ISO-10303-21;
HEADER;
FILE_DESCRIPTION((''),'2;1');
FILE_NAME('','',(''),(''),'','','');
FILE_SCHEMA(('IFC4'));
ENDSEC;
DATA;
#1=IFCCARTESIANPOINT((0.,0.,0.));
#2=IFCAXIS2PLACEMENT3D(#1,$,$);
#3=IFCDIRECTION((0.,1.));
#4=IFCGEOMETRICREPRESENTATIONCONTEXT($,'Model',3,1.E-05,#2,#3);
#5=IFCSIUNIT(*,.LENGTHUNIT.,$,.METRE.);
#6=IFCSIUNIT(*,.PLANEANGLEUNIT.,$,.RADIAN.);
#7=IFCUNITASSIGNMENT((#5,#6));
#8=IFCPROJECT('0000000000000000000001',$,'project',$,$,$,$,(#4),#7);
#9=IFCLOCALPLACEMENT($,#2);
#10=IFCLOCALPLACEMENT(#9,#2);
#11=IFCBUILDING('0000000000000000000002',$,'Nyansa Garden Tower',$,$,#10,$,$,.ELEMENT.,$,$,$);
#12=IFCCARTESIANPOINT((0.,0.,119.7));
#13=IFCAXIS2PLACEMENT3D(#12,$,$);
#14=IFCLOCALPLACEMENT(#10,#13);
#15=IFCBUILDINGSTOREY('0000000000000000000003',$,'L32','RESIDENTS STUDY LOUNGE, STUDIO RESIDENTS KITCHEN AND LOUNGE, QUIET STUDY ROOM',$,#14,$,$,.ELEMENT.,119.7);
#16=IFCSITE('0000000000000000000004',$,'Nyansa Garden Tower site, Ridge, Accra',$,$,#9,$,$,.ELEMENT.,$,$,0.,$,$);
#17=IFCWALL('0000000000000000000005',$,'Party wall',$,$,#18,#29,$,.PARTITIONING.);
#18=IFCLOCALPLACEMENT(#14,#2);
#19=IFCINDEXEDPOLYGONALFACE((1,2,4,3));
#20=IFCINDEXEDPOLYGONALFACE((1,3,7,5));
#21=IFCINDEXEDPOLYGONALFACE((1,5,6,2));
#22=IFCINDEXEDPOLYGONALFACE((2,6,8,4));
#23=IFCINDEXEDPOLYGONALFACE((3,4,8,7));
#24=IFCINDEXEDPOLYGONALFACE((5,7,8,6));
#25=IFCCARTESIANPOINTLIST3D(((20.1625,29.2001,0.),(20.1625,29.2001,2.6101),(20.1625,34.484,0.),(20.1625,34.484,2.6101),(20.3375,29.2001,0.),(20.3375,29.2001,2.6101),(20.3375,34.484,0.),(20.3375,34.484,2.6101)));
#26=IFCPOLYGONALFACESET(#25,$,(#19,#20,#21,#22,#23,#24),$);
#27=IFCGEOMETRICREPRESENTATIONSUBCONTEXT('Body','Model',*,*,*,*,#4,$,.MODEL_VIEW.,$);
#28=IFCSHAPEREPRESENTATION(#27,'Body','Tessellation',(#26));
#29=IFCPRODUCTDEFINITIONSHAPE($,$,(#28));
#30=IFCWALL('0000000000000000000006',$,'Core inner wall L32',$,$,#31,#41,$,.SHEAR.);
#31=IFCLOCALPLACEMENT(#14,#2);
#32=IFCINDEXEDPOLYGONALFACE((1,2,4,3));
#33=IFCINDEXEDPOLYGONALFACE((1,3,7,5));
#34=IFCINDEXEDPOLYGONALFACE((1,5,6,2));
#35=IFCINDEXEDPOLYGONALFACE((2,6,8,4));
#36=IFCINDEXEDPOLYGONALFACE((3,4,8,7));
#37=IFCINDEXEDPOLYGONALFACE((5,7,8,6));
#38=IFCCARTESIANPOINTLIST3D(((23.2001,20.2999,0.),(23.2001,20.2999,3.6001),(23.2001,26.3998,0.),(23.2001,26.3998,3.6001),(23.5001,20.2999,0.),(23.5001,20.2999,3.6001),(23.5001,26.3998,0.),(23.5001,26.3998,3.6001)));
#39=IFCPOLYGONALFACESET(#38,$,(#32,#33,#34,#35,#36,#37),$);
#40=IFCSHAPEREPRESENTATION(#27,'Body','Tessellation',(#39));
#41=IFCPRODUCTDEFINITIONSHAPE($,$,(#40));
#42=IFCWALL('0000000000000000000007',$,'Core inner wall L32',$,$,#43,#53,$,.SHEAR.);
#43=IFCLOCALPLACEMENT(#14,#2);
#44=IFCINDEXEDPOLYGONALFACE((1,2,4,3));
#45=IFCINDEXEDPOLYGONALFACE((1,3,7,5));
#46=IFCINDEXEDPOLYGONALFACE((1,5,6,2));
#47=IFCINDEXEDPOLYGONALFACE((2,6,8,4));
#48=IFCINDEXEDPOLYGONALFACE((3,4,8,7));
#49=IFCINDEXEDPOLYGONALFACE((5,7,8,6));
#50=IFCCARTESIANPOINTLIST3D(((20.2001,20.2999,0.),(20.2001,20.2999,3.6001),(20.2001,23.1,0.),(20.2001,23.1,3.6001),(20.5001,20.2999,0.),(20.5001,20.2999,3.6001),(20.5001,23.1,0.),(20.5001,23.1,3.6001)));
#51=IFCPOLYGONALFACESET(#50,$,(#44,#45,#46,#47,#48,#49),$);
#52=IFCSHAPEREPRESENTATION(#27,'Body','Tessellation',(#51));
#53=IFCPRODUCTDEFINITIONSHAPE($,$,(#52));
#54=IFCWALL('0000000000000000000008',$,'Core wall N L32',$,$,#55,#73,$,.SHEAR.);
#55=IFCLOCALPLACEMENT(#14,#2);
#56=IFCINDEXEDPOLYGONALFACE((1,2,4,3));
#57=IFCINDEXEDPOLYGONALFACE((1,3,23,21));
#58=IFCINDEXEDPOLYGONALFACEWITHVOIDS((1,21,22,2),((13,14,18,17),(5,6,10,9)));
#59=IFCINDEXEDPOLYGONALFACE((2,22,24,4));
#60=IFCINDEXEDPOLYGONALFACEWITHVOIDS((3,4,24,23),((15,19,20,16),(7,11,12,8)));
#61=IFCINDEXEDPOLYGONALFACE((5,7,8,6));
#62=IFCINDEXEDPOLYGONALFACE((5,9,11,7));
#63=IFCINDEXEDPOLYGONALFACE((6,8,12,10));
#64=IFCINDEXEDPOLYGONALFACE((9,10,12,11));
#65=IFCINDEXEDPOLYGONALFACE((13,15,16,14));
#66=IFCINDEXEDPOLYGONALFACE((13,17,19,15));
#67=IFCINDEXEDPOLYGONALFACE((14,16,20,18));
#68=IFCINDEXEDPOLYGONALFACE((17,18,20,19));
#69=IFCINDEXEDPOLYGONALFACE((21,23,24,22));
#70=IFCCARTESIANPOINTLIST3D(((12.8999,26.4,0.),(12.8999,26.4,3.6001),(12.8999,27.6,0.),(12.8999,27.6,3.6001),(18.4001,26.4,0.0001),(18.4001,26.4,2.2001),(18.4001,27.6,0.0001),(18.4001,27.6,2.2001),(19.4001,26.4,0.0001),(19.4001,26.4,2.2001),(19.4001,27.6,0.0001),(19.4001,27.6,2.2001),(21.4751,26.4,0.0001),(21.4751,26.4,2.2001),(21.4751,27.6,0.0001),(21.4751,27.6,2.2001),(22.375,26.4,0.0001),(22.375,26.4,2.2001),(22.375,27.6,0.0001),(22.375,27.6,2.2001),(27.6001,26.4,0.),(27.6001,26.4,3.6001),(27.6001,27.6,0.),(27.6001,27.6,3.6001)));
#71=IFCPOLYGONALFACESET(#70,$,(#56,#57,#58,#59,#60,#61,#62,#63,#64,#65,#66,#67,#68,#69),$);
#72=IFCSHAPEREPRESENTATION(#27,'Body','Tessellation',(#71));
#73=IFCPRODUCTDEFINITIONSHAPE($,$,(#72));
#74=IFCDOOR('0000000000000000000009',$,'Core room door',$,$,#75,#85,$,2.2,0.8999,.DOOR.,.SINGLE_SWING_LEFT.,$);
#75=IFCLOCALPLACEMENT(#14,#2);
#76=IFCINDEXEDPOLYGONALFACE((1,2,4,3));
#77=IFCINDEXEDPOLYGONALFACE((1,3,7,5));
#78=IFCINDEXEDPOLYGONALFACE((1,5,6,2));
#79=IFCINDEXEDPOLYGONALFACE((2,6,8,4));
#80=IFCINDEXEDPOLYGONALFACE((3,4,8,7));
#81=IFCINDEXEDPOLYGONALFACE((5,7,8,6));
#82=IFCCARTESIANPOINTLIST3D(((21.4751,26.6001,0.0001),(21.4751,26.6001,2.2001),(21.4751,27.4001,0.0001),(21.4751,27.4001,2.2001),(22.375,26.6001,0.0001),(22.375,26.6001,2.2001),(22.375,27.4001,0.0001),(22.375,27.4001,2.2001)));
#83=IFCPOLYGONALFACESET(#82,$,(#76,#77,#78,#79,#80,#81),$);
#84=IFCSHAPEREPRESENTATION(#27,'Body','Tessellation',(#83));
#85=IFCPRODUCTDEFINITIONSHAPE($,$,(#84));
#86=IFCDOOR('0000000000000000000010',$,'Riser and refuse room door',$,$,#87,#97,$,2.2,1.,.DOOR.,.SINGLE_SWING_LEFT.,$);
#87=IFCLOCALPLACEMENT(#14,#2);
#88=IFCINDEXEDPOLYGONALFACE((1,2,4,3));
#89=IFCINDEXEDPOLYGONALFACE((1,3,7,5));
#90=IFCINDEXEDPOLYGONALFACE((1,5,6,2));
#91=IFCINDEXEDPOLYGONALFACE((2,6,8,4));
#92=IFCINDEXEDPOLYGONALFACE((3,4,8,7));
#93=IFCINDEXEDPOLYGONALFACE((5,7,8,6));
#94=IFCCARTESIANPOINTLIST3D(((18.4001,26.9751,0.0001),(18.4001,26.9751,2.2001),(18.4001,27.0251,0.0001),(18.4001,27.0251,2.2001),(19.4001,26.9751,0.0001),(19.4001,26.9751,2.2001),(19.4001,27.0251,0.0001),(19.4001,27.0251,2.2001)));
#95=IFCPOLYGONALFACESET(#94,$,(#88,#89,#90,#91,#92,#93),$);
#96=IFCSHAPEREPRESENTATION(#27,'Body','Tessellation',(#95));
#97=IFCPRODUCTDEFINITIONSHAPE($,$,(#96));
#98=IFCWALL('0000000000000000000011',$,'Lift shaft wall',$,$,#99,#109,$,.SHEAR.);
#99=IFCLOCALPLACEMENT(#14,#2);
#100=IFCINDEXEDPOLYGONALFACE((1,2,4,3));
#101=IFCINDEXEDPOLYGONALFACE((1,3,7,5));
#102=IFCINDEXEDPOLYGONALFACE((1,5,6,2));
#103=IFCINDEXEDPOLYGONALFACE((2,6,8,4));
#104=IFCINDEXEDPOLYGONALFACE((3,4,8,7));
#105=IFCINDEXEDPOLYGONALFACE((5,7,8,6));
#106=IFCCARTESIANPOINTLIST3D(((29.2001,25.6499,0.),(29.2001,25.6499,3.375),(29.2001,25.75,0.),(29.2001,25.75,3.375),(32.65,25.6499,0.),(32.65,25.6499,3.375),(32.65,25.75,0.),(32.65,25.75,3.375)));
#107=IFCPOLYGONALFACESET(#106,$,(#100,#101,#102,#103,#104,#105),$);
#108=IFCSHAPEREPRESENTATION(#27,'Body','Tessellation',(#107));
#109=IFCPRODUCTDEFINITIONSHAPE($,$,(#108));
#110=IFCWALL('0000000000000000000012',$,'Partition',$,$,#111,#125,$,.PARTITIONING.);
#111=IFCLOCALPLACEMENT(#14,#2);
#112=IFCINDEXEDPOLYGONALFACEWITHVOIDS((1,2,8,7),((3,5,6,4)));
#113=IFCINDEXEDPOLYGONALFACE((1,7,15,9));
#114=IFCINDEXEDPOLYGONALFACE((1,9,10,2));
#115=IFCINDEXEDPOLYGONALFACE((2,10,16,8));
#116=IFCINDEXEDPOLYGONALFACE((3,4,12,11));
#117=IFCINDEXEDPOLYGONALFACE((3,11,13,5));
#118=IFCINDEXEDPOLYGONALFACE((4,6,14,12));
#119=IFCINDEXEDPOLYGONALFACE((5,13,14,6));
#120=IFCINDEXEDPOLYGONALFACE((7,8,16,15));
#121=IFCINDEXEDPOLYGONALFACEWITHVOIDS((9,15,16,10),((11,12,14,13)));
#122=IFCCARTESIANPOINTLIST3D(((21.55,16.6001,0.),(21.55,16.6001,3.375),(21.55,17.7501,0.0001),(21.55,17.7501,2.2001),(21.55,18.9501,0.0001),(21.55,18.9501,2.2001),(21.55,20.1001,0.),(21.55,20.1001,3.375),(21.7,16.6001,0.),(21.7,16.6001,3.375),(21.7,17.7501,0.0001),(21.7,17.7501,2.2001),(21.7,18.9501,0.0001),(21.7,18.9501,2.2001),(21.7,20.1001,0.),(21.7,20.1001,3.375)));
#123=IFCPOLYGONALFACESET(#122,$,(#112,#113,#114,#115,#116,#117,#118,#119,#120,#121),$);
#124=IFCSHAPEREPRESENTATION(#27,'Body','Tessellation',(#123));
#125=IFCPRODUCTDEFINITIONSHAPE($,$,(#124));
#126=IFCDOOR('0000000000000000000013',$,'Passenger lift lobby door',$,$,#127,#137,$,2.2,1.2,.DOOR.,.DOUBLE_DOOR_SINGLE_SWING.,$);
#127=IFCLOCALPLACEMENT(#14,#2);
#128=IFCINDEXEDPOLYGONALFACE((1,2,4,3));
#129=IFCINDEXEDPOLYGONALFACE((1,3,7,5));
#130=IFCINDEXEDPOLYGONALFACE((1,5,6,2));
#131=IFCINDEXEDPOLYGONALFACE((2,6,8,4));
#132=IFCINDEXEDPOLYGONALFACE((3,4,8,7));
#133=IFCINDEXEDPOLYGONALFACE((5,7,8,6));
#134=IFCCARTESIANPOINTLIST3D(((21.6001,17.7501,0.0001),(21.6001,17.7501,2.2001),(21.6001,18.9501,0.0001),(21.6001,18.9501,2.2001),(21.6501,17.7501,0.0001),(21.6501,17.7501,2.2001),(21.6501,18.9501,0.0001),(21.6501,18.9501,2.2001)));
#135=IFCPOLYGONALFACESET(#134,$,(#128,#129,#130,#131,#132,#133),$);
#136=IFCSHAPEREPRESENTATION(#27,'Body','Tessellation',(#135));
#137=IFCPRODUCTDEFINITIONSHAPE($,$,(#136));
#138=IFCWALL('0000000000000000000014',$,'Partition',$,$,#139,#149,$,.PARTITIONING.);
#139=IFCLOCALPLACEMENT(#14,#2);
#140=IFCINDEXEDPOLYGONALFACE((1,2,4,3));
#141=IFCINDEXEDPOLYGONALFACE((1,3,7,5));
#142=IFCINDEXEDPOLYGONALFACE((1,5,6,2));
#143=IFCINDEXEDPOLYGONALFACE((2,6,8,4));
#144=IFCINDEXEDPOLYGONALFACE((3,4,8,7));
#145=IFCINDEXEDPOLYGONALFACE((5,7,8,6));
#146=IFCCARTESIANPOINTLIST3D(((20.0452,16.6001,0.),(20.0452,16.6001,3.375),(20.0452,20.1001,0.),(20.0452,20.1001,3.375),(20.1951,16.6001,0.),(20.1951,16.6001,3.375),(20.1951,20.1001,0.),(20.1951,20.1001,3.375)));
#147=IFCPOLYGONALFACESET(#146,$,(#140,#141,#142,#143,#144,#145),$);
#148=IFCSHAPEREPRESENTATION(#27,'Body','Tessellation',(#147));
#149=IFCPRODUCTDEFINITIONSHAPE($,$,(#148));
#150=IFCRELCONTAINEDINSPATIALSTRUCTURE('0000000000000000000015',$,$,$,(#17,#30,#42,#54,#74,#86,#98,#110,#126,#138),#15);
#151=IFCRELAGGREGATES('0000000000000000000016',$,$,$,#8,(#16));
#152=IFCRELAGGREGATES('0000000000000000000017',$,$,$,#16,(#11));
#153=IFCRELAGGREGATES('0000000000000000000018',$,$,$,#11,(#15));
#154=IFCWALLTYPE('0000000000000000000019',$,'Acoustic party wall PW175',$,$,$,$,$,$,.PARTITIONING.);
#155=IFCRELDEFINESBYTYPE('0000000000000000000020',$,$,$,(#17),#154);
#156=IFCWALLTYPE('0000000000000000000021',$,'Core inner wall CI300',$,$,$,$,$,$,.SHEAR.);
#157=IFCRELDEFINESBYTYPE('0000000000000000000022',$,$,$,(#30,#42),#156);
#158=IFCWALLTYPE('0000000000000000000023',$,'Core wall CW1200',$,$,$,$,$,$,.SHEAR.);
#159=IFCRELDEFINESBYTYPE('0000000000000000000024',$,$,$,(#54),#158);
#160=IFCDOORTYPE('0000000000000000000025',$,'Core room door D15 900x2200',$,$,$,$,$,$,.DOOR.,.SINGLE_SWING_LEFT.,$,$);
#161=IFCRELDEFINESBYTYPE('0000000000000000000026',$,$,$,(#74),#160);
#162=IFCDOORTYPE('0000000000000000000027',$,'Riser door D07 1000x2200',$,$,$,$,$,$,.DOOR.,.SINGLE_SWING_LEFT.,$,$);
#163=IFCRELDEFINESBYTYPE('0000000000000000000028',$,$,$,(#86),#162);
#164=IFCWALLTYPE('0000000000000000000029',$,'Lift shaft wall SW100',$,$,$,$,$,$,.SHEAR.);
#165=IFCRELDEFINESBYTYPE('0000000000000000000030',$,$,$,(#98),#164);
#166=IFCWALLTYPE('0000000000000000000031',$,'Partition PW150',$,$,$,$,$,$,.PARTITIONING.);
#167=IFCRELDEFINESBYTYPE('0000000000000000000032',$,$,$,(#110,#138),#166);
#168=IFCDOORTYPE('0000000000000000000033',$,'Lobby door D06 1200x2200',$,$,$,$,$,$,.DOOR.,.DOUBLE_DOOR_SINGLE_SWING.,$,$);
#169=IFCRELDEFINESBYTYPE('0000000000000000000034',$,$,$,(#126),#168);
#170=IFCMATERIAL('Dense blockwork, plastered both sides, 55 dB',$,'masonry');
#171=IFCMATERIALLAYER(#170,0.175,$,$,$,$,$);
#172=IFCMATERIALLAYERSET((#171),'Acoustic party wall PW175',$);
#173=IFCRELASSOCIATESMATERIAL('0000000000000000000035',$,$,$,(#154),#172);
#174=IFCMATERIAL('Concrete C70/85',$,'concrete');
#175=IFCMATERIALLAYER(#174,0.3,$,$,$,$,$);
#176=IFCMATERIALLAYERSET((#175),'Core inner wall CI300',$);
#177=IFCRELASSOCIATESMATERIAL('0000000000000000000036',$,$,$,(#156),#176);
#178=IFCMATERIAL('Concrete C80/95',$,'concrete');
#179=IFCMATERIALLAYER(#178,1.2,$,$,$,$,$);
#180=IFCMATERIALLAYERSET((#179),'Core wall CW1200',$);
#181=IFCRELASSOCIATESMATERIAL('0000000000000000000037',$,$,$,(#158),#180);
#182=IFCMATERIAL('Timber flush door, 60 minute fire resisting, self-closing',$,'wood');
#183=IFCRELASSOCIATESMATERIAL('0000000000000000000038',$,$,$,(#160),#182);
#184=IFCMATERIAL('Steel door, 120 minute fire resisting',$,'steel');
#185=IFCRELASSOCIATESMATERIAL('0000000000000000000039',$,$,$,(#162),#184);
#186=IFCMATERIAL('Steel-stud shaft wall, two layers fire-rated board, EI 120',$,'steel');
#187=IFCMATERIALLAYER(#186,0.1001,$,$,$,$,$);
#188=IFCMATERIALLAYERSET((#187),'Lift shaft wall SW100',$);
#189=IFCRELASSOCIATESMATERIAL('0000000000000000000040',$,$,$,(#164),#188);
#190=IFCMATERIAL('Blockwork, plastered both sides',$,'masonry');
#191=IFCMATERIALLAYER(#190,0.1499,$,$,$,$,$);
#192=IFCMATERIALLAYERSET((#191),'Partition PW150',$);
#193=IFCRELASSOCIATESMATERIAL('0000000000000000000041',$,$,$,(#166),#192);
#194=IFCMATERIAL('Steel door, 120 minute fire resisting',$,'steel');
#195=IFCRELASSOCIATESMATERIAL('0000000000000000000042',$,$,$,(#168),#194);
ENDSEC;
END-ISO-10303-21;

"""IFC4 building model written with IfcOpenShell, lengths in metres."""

from ifc_helpers import new_model, si_unit, direction, frame, frame_2d, origin, place, context, subcontext, project, spatial, rectangle, extrude, material, layer, layer_set, type_object, element, fill, save


model = new_model("IFC4")

# Units and contexts
model_context = context("Model", 3, precision=1e-05, world=origin(), true_north=direction((0.0, 1.0)))
body_context = subcontext(model_context, "Body", "Model", "MODEL_VIEW")
ifc_project = project(units=[si_unit("LENGTHUNIT", "METRE"), si_unit("PLANEANGLEUNIT", "RADIAN")], contexts=[model_context])

# Site, building, storey
site_placement = place(None, origin())
site = spatial("IfcSite", under=ifc_project, at=site_placement, Name="Nyansa Garden Tower site, Ridge, Accra", CompositionType="ELEMENT", RefElevation=0.0)
building_placement = place(site_placement, origin())
building = spatial("IfcBuilding", under=site, at=building_placement, Name="Nyansa Garden Tower", CompositionType="ELEMENT")
storey_placement = place(building_placement, frame((0.0, 0.0, 119.7)))
storey = spatial("IfcBuildingStorey", under=building, at=storey_placement, Name="L32", Description="RESIDENTS STUDY LOUNGE, STUDIO RESIDENTS KITCHEN AND LOUNGE, QUIET STUDY ROOM", CompositionType="ELEMENT", Elevation=119.7)

# Walls
ifc_material_1 = material(Name="Dense blockwork, plastered both sides, 55 dB", Category="masonry")
ifc_layer_1 = layer(ifc_material_1, 0.175)
ifc_layer_set_1 = layer_set([ifc_layer_1], Name="Acoustic party wall PW175")
wall_type_1 = type_object("IfcWallType", Name="Acoustic party wall PW175", PredefinedType="PARTITIONING", material=ifc_layer_set_1)
wall_1_placement = place(storey_placement, frame((20.25, 29.2, 0.0), z_axis=(0.0, 0.0, 1.0), x_axis=(0.0, 1.0, 0.0)))
element("IfcWall", 1, at=wall_1_placement, inside=storey, type_object=wall_type_1, Name="Party wall", PredefinedType="PARTITIONING", context=body_context, shape_type="SweptSolid", body=[
    extrude(rectangle(XDim=5.2839, YDim=0.175, at=frame_2d((2.6421, 0.0))), origin(), (0.0, 0.0, 1.0), 2.6101),
])
ifc_material_2 = material(Name="Concrete C70/85", Category="concrete")
ifc_layer_2 = layer(ifc_material_2, 0.3)
ifc_layer_set_2 = layer_set([ifc_layer_2], Name="Core inner wall CI300")
wall_type_2 = type_object("IfcWallType", Name="Core inner wall CI300", PredefinedType="SHEAR", material=ifc_layer_set_2)
wall_2_placement = place(storey_placement, frame((23.3501, 20.3, 0.0), z_axis=(0.0, 0.0, 1.0), x_axis=(0.0, 1.0, 0.0)))
element("IfcWall", 2, at=wall_2_placement, inside=storey, type_object=wall_type_2, Name="Core inner wall L32", PredefinedType="SHEAR", context=body_context, shape_type="SweptSolid", body=[
    extrude(rectangle(XDim=6.0999, YDim=0.3, at=frame_2d((3.0498, 0.0))), origin(), (0.0, 0.0, 1.0), 3.6001),
])
wall_3_placement = place(storey_placement, frame((20.3501, 20.3, 0.0), z_axis=(0.0, 0.0, 1.0), x_axis=(0.0, 1.0, 0.0)))
element("IfcWall", 3, at=wall_3_placement, inside=storey, type_object=wall_type_2, Name="Core inner wall L32", PredefinedType="SHEAR", context=body_context, shape_type="SweptSolid", body=[
    extrude(rectangle(XDim=2.8, YDim=0.3, at=frame_2d((1.3999, 0.0))), origin(), (0.0, 0.0, 1.0), 3.6001),
])

# Wall, openings, doors
ifc_material_3 = material(Name="Concrete C80/95", Category="concrete")
ifc_layer_3 = layer(ifc_material_3, 1.2)
ifc_layer_set_3 = layer_set([ifc_layer_3], Name="Core wall CW1200")
wall_type_3 = type_object("IfcWallType", Name="Core wall CW1200", PredefinedType="SHEAR", material=ifc_layer_set_3)
wall_4_placement = place(storey_placement, frame((27.6001, 27.0, 0.0), z_axis=(0.0, 0.0, 1.0), x_axis=(-1.0, 0.0, 0.0)))
wall_4 = element("IfcWall", 4, at=wall_4_placement, inside=storey, type_object=wall_type_3, Name="Core wall N L32", PredefinedType="SHEAR", context=body_context, shape_type="SweptSolid", body=[
    extrude(rectangle(XDim=14.7002, YDim=1.2, at=frame_2d((7.3501, 0.0))), origin(), (0.0, 0.0, 1.0), 3.6001),
])
opening_1_placement = place(wall_4_placement, frame((5.2251, 0.0, 0.0)))
opening_1 = element("IfcOpeningElement", 5, at=opening_1_placement, cuts=wall_4, PredefinedType="OPENING", context=body_context, shape_type="SweptSolid", body=[
    extrude(rectangle(XDim=0.8999, YDim=2.2, at=frame_2d((0.45, 1.1001))), frame((0.0, 0.6099, 0.0), z_axis=(0.0, -1.0, 0.0), x_axis=(1.0, 0.0, 0.0)), (0.0, 0.0, 1.0), 1.22),
])
opening_2_placement = place(wall_4_placement, frame((8.2, 0.0, 0.0)))
opening_2 = element("IfcOpeningElement", 6, at=opening_2_placement, cuts=wall_4, PredefinedType="OPENING", context=body_context, shape_type="SweptSolid", body=[
    extrude(rectangle(XDim=1.0, YDim=2.2, at=frame_2d((0.5, 1.1001))), frame((0.0, 0.6099, 0.0), z_axis=(0.0, -1.0, 0.0), x_axis=(1.0, 0.0, 0.0)), (0.0, 0.0, 1.0), 1.22),
])
ifc_material_4 = material(Name="Timber flush door, 60 minute fire resisting, self-closing", Category="wood")
door_type_1 = type_object("IfcDoorType", Name="Core room door D15 900x2200", OperationType="SINGLE_SWING_LEFT", PredefinedType="DOOR", material=ifc_material_4)
door_1_placement = place(opening_1_placement, origin())
door_1 = element("IfcDoor", 7, at=door_1_placement, inside=storey, type_object=door_type_1, Name="Core room door", OperationType="SINGLE_SWING_LEFT", OverallHeight=2.2, OverallWidth=0.8999, PredefinedType="DOOR", context=body_context, shape_type="SweptSolid", body=[
    extrude(rectangle(XDim=0.8999, YDim=2.2, at=frame_2d((0.45, 1.1001))), frame((0.0, 0.3999, 0.0), z_axis=(0.0, -1.0, 0.0), x_axis=(1.0, 0.0, 0.0)), (0.0, 0.0, 1.0), 0.8),
])
fill(opening_1, door_1)
ifc_material_5 = material(Name="Steel door, 120 minute fire resisting", Category="steel")
door_type_2 = type_object("IfcDoorType", Name="Riser door D07 1000x2200", OperationType="SINGLE_SWING_LEFT", PredefinedType="DOOR", material=ifc_material_5)
door_2_placement = place(opening_2_placement, origin())
door_2 = element("IfcDoor", 8, at=door_2_placement, inside=storey, type_object=door_type_2, Name="Riser and refuse room door", OperationType="SINGLE_SWING_LEFT", OverallHeight=2.2, OverallWidth=1.0, PredefinedType="DOOR", context=body_context, shape_type="SweptSolid", body=[
    extrude(rectangle(XDim=1.0, YDim=2.2, at=frame_2d((0.5, 1.1001))), frame((0.0, 0.0249, 0.0), z_axis=(0.0, -1.0, 0.0), x_axis=(1.0, 0.0, 0.0)), (0.0, 0.0, 1.0), 0.05),
])
fill(opening_2, door_2)

# Wall
ifc_material_6 = material(Name="Steel-stud shaft wall, two layers fire-rated board, EI 120", Category="steel")
ifc_layer_4 = layer(ifc_material_6, 0.1001)
ifc_layer_set_4 = layer_set([ifc_layer_4], Name="Lift shaft wall SW100")
wall_type_4 = type_object("IfcWallType", Name="Lift shaft wall SW100", PredefinedType="SHEAR", material=ifc_layer_set_4)
wall_5_placement = place(storey_placement, frame((29.2, 25.7, 0.0), z_axis=(0.0, 0.0, 1.0), x_axis=(1.0, 0.0, 0.0)))
element("IfcWall", 9, at=wall_5_placement, inside=storey, type_object=wall_type_4, Name="Lift shaft wall", PredefinedType="SHEAR", context=body_context, shape_type="SweptSolid", body=[
    extrude(rectangle(XDim=3.45, YDim=0.1001, at=frame_2d((1.7251, 0.0))), origin(), (0.0, 0.0, 1.0), 3.375),
])

# Wall, opening, door
ifc_material_7 = material(Name="Blockwork, plastered both sides", Category="masonry")
ifc_layer_5 = layer(ifc_material_7, 0.1499)
ifc_layer_set_5 = layer_set([ifc_layer_5], Name="Partition PW150")
wall_type_5 = type_object("IfcWallType", Name="Partition PW150", PredefinedType="PARTITIONING", material=ifc_layer_set_5)
wall_6_placement = place(storey_placement, frame((21.625, 16.6001, 0.0), z_axis=(0.0, 0.0, 1.0), x_axis=(0.0, 1.0, 0.0)))
wall_6 = element("IfcWall", 10, at=wall_6_placement, inside=storey, type_object=wall_type_5, Name="Partition", PredefinedType="PARTITIONING", context=body_context, shape_type="SweptSolid", body=[
    extrude(rectangle(XDim=3.5, YDim=0.1499, at=frame_2d((1.75, 0.0))), origin(), (0.0, 0.0, 1.0), 3.375),
])
opening_3_placement = place(wall_6_placement, frame((1.1499, 0.0, 0.0)))
opening_3 = element("IfcOpeningElement", 11, at=opening_3_placement, cuts=wall_6, PredefinedType="OPENING", context=body_context, shape_type="SweptSolid", body=[
    extrude(rectangle(XDim=1.2, YDim=2.2, at=frame_2d((0.6001, 1.1001))), frame((0.0, 0.085, 0.0), z_axis=(0.0, -1.0, 0.0), x_axis=(1.0, 0.0, 0.0)), (0.0, 0.0, 1.0), 0.1699),
])
ifc_material_8 = material(Name="Steel door, 120 minute fire resisting", Category="steel")
door_type_3 = type_object("IfcDoorType", Name="Lobby door D06 1200x2200", OperationType="DOUBLE_DOOR_SINGLE_SWING", PredefinedType="DOOR", material=ifc_material_8)
door_3_placement = place(opening_3_placement, origin())
door_3 = element("IfcDoor", 12, at=door_3_placement, inside=storey, type_object=door_type_3, Name="Passenger lift lobby door", OperationType="DOUBLE_DOOR_SINGLE_SWING", OverallHeight=2.2, OverallWidth=1.2, PredefinedType="DOOR", context=body_context, shape_type="SweptSolid", body=[
    extrude(rectangle(XDim=1.2, YDim=2.2, at=frame_2d((0.6001, 1.1001))), frame((0.0, 0.0249, 0.0), z_axis=(0.0, -1.0, 0.0), x_axis=(1.0, 0.0, 0.0)), (0.0, 0.0, 1.0), 0.05),
])
fill(opening_3, door_3)

# Wall
wall_7_placement = place(storey_placement, frame((20.1201, 16.6001, 0.0), z_axis=(0.0, 0.0, 1.0), x_axis=(0.0, 1.0, 0.0)))
element("IfcWall", 13, at=wall_7_placement, inside=storey, type_object=wall_type_5, Name="Partition", PredefinedType="PARTITIONING", context=body_context, shape_type="SweptSolid", body=[
    extrude(rectangle(XDim=3.5, YDim=0.1499, at=frame_2d((1.75, 0.0))), origin(), (0.0, 0.0, 1.0), 3.375),
])

save(model, "model.ifc")
